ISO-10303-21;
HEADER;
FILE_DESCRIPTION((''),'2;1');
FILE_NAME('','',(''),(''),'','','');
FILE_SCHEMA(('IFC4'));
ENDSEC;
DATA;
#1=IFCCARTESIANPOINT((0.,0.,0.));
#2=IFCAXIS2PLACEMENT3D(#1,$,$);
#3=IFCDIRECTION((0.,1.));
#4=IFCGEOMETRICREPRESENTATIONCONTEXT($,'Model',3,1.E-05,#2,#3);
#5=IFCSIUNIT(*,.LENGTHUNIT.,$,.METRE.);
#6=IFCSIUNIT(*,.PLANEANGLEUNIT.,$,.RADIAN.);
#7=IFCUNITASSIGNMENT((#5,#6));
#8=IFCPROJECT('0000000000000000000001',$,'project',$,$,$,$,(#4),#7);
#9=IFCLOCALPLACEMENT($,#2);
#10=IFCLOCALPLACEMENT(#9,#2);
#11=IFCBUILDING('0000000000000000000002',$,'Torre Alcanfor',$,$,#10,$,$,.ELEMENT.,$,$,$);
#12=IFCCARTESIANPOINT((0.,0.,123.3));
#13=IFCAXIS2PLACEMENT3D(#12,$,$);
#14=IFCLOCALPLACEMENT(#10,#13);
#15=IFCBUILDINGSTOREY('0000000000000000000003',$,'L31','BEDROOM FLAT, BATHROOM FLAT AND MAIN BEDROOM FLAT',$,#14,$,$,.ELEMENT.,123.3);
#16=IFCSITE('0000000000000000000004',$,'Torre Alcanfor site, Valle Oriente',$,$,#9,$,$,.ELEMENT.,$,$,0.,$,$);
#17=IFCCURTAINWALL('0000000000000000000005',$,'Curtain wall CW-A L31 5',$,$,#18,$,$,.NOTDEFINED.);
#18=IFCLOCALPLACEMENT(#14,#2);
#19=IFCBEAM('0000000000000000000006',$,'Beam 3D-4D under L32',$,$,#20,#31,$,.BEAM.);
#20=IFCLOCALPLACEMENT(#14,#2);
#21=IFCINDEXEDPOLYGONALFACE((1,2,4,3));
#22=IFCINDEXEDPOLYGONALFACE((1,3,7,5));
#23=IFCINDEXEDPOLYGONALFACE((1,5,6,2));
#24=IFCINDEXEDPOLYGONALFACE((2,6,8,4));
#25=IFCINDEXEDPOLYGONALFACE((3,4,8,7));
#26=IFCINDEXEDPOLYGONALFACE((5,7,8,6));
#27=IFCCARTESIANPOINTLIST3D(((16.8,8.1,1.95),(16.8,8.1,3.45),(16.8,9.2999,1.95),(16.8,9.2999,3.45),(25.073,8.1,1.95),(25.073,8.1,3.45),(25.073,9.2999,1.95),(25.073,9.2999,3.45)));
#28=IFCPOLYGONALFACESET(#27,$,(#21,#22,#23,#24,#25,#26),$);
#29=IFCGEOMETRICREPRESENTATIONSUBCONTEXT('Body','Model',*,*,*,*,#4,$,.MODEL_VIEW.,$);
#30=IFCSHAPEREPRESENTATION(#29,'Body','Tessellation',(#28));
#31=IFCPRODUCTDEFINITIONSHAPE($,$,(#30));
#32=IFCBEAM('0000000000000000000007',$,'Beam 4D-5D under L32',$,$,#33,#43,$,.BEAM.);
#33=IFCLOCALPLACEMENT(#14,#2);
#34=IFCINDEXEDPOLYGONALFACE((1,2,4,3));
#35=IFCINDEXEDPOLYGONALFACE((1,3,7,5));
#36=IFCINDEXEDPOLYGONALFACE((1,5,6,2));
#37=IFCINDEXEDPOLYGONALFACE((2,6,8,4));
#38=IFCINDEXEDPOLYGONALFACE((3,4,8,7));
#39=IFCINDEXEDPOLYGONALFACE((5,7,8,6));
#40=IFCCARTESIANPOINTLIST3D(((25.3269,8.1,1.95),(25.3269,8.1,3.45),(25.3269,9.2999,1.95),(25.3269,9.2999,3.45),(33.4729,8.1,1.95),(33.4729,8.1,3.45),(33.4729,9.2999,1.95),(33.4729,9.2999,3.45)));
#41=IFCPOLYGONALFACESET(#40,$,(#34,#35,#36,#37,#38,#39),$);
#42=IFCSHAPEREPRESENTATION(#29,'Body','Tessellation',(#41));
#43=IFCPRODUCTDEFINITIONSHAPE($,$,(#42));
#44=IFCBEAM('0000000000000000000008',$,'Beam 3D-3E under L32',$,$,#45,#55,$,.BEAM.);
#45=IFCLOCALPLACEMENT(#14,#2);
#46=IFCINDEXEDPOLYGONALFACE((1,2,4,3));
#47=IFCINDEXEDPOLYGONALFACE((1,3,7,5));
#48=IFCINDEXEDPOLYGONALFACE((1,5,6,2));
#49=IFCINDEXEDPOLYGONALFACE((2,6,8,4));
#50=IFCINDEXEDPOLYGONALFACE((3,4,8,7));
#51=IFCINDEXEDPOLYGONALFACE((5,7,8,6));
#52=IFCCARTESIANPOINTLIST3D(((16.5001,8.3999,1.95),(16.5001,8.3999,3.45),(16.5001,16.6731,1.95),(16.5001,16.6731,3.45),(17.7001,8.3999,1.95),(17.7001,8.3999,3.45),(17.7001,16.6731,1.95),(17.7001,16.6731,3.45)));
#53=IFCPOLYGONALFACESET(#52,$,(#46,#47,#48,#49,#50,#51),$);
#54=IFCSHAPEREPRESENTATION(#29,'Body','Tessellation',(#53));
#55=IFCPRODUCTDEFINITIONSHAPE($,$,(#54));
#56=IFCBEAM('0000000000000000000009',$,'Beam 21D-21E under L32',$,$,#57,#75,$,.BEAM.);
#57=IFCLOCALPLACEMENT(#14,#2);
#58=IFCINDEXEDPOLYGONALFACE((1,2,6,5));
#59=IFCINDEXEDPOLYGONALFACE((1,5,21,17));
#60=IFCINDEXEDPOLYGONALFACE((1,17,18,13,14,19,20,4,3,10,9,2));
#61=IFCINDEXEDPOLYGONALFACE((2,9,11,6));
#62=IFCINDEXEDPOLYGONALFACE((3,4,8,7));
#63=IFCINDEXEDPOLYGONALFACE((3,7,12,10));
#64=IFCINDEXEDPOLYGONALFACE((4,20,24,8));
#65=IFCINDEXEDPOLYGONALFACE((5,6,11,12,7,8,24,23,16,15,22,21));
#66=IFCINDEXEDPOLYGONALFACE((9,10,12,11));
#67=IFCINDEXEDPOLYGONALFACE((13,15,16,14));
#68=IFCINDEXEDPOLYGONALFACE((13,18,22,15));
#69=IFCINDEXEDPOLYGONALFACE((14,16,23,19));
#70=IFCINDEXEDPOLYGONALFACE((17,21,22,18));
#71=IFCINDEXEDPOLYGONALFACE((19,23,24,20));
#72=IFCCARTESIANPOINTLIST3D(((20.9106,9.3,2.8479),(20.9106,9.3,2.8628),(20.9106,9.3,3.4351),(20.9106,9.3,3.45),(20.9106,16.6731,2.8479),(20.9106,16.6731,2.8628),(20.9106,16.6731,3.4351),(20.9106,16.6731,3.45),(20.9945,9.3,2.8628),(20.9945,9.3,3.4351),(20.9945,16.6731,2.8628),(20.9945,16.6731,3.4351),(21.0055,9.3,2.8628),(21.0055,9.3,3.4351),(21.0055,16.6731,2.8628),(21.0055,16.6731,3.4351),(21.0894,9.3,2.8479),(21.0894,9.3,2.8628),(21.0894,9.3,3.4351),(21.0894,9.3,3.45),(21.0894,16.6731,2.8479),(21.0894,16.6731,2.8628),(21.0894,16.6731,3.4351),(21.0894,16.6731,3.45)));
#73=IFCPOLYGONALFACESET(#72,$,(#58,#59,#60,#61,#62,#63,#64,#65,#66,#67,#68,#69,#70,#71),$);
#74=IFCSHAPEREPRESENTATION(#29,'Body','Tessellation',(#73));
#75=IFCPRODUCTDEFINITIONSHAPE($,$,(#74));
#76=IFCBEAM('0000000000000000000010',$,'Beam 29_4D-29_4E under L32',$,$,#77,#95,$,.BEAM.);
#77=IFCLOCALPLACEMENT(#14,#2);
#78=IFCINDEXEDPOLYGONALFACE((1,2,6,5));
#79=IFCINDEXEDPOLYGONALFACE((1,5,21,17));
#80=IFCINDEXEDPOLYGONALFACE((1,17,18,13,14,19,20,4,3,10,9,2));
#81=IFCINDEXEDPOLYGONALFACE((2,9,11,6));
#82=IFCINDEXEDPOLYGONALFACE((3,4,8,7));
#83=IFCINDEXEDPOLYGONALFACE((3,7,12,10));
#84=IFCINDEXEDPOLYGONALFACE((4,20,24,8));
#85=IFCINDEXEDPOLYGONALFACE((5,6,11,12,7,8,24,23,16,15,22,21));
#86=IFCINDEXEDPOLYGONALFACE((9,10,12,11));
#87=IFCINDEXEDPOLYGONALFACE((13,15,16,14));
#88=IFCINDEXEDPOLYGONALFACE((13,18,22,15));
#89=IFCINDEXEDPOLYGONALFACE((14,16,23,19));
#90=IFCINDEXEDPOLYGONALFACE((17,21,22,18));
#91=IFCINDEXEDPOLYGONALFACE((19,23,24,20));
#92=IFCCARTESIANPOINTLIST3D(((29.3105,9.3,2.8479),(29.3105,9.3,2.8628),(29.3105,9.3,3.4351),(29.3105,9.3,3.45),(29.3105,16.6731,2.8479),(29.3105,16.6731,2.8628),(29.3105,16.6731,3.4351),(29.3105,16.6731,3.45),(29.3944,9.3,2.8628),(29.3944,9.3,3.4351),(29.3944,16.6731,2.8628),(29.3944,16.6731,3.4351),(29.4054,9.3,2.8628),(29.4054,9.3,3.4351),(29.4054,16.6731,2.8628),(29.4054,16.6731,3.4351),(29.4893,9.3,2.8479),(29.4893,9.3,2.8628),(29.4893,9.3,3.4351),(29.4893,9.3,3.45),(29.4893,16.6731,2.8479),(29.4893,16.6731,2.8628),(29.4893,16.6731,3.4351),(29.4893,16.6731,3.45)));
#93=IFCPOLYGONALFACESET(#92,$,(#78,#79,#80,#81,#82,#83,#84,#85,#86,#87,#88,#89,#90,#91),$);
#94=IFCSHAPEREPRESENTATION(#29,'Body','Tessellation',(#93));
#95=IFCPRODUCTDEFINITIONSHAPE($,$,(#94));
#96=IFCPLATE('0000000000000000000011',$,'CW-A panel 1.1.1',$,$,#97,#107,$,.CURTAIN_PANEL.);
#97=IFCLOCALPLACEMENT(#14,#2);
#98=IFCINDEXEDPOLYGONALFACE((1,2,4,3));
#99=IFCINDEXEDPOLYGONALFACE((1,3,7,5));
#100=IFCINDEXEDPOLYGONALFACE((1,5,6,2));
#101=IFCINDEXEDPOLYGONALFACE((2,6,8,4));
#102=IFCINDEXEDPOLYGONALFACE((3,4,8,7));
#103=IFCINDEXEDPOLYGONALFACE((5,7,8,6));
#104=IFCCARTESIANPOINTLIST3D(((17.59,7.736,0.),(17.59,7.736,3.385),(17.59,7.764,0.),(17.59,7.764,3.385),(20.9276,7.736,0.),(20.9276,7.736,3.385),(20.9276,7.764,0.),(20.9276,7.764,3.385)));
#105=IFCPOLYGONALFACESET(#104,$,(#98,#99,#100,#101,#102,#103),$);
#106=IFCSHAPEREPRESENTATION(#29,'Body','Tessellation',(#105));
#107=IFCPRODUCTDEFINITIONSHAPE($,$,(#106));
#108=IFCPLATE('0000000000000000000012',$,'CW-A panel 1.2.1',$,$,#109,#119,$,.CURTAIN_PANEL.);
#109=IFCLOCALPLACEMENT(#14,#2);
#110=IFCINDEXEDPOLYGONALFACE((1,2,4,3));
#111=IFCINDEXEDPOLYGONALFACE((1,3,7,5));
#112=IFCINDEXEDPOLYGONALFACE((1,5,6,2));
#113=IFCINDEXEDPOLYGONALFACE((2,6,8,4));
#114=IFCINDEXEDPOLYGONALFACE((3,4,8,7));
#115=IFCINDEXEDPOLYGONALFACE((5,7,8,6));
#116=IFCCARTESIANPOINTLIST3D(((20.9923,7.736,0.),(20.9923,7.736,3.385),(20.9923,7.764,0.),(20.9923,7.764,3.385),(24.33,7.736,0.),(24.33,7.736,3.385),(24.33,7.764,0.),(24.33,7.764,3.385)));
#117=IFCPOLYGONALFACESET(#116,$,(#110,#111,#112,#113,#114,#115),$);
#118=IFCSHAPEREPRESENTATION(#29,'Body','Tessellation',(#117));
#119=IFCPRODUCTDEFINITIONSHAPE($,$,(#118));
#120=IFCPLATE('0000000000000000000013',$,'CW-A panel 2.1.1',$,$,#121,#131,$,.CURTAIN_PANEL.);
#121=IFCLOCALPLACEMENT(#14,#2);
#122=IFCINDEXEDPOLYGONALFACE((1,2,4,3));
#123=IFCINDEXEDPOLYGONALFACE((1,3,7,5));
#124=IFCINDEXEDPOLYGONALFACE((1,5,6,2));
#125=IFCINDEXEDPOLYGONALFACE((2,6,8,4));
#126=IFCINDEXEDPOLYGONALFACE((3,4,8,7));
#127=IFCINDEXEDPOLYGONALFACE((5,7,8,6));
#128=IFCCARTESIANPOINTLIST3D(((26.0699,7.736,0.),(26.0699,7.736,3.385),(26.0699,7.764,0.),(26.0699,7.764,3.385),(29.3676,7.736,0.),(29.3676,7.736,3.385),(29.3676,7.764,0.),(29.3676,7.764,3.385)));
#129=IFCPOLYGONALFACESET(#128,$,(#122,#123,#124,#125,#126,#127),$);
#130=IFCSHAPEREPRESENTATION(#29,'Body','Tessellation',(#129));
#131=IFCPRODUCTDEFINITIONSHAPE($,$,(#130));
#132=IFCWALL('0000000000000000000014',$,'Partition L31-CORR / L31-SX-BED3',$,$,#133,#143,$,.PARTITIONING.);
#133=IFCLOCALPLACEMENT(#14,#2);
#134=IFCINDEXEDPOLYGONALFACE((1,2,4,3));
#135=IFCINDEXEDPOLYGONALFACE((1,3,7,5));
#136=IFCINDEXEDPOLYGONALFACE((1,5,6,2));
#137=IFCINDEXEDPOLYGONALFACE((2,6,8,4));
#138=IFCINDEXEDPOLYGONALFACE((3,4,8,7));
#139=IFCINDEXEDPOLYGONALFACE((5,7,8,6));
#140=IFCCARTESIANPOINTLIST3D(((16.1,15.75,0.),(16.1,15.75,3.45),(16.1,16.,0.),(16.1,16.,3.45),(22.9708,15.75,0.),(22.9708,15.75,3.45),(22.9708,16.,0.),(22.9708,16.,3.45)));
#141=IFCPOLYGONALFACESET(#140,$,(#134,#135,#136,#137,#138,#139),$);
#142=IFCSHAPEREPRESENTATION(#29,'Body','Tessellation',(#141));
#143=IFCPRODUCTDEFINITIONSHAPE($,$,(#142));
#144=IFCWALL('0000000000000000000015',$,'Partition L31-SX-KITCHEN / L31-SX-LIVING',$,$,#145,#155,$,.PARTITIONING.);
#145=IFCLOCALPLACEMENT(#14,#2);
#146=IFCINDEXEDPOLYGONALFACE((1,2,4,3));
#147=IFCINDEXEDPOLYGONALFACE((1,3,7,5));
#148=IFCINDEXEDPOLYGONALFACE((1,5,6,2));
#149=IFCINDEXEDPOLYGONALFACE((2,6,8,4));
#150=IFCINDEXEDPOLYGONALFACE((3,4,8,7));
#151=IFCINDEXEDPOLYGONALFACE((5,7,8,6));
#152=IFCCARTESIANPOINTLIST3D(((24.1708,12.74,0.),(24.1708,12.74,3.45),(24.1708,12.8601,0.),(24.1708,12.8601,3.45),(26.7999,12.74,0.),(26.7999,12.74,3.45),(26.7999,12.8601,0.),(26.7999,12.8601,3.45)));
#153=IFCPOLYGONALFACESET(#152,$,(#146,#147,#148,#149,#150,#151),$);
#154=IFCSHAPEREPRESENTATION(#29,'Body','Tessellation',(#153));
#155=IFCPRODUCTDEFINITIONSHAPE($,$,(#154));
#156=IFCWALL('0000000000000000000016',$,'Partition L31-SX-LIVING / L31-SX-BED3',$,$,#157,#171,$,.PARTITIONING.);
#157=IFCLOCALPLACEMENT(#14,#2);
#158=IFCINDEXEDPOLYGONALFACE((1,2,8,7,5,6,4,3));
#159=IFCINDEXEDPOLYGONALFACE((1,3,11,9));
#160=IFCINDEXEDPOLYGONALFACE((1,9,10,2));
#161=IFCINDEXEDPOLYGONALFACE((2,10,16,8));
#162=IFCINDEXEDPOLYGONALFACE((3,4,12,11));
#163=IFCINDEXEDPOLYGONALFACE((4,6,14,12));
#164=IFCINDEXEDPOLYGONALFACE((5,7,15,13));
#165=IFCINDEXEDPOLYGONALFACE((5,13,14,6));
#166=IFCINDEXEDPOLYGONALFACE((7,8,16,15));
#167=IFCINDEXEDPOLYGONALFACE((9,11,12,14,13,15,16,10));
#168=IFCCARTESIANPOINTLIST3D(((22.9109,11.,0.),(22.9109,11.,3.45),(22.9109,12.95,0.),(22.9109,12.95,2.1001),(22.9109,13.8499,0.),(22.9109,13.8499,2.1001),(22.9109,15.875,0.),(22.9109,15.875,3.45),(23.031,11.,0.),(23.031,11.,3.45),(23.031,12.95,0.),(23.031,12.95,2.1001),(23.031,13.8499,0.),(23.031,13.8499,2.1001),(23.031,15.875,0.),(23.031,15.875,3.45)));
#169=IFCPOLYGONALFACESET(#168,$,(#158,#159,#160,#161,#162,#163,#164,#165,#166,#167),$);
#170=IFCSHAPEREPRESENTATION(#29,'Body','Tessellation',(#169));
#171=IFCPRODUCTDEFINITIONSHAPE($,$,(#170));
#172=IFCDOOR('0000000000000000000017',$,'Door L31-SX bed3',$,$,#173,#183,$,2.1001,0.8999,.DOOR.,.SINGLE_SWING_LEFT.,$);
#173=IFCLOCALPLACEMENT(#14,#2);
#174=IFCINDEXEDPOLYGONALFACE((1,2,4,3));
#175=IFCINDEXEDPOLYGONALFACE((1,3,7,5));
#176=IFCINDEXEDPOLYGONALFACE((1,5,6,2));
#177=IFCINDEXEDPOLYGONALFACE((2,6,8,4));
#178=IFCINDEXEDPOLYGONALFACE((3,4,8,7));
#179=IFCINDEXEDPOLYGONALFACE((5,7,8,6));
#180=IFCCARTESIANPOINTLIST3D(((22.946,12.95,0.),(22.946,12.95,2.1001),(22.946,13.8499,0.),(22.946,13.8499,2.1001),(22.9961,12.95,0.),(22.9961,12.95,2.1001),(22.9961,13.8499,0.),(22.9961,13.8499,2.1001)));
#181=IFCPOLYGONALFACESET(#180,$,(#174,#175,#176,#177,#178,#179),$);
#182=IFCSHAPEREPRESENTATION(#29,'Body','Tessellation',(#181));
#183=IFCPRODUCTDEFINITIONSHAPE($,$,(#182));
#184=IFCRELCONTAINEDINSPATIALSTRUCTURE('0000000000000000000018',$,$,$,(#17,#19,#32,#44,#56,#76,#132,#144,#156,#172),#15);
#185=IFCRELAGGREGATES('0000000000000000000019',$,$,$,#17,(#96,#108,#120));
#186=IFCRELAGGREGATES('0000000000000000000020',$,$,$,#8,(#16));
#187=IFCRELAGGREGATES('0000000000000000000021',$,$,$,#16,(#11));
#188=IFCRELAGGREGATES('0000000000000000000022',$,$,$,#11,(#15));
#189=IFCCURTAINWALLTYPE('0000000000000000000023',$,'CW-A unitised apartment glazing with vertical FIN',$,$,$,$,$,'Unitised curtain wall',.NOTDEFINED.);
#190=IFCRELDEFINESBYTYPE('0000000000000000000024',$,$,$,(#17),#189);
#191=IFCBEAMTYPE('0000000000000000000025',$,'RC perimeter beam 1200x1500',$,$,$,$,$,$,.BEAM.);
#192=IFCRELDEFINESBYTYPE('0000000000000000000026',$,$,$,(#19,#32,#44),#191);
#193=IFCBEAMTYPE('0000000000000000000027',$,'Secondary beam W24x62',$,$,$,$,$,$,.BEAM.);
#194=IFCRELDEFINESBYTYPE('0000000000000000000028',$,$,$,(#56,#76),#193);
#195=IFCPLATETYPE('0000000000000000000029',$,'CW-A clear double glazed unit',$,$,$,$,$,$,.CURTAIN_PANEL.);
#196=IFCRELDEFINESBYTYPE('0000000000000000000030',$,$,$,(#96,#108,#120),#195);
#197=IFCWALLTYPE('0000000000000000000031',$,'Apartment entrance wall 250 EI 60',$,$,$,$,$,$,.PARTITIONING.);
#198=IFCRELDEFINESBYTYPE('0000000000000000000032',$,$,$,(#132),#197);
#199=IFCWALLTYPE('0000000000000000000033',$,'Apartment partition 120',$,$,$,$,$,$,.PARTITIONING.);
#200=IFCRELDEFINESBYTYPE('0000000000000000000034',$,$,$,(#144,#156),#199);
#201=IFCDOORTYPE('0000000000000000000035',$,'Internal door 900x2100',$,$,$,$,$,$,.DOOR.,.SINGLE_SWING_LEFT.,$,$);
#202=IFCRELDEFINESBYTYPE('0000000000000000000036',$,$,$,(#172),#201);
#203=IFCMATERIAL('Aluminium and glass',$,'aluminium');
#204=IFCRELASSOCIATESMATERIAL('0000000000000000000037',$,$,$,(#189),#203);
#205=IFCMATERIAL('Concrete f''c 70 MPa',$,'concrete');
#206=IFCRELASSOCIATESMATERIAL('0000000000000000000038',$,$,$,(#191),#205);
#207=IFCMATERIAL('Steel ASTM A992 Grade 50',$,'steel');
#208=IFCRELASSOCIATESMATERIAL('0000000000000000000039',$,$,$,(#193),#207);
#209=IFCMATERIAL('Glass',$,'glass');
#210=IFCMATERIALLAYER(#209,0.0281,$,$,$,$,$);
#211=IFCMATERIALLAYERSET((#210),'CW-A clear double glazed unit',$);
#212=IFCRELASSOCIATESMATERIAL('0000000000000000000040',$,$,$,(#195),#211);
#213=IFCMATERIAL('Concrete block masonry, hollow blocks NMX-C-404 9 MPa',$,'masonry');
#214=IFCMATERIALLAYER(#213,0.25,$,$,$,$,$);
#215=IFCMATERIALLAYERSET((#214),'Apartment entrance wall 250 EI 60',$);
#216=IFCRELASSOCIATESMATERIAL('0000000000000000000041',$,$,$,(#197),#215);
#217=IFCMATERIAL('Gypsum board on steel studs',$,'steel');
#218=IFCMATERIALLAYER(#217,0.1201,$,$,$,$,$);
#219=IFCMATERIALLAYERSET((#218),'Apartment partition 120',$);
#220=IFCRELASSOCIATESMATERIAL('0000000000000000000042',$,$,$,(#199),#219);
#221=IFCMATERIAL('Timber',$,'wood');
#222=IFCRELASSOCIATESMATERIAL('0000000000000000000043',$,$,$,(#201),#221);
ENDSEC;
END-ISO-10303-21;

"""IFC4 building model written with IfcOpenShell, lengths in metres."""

from ifc_helpers import new_model, si_unit, direction, frame, frame_2d, origin, origin_2d, place, context, subcontext, project, spatial, rectangle, i_section, extrude, material, layer, layer_set, material_profile, profile_set, type_object, element, fill, aggregate, save


model = new_model("IFC4")

# Units and contexts
model_context = context("Model", 3, precision=1e-05, world=origin(), true_north=direction((0.0, 1.0)))
body_context = subcontext(model_context, "Body", "Model", "MODEL_VIEW")
ifc_project = project(units=[si_unit("LENGTHUNIT", "METRE"), si_unit("PLANEANGLEUNIT", "RADIAN")], contexts=[model_context])

# Site, building, storey
site_placement = place(None, origin())
site = spatial("IfcSite", under=ifc_project, at=site_placement, Name="Torre Alcanfor site, Valle Oriente", CompositionType="ELEMENT", RefElevation=0.0)
building_placement = place(site_placement, origin())
building = spatial("IfcBuilding", under=site, at=building_placement, Name="Torre Alcanfor", CompositionType="ELEMENT")
storey_placement = place(building_placement, frame((0.0, 0.0, 123.3)))
storey = spatial("IfcBuildingStorey", under=building, at=storey_placement, Name="L31", Description="BEDROOM FLAT, BATHROOM FLAT AND MAIN BEDROOM FLAT", CompositionType="ELEMENT", Elevation=123.3)

# Curtain wall
ifc_material_1 = material(Name="Aluminium and glass", Category="aluminium")
curtain_wall_type = type_object("IfcCurtainWallType", Name="CW-A unitised apartment glazing with vertical FIN", ElementType="Unitised curtain wall", PredefinedType="NOTDEFINED", material=ifc_material_1)
curtain_wall_placement = place(storey_placement, origin())
curtain_wall = element("IfcCurtainWall", 1, at=curtain_wall_placement, inside=storey, type_object=curtain_wall_type, Name="Curtain wall CW-A L31 5", PredefinedType="NOTDEFINED")

# Beams
ifc_material_2 = material(Name="Concrete f'c 70 MPa", Category="concrete")
ifc_material_profile_1 = material_profile(ifc_material_2, rectangle(XDim=1.2, YDim=1.5, at=origin_2d()), Name="1200x1500")
ifc_profile_set_1 = profile_set([ifc_material_profile_1], Name="Concrete f'c 70 MPa")
beam_type_1 = type_object("IfcBeamType", Name="RC perimeter beam 1200x1500", PredefinedType="BEAM", material=ifc_profile_set_1)
beam_1_placement = place(storey_placement, frame((16.8, 8.7, 2.7), z_axis=(1.0, 0.0, 0.0), x_axis=(0.0, 1.0, 0.0)))
element("IfcBeam", 2, at=beam_1_placement, inside=storey, type_object=beam_type_1, Name="Beam 3D-4D under L32", PredefinedType="BEAM", context=body_context, shape_type="SweptSolid", body=[
    extrude(rectangle(XDim=1.2, YDim=1.5, at=origin_2d()), origin(), (0.0, 0.0, 1.0), 8.2729),
])
beam_2_placement = place(storey_placement, frame((25.3269, 8.7, 2.7), z_axis=(1.0, 0.0, 0.0), x_axis=(0.0, 1.0, 0.0)))
element("IfcBeam", 3, at=beam_2_placement, inside=storey, type_object=beam_type_1, Name="Beam 4D-5D under L32", PredefinedType="BEAM", context=body_context, shape_type="SweptSolid", body=[
    extrude(rectangle(XDim=1.2, YDim=1.5, at=origin_2d()), origin(), (0.0, 0.0, 1.0), 8.146),
])
beam_3_placement = place(storey_placement, frame((17.1001, 8.3999, 2.7), z_axis=(0.0, 1.0, 0.0), x_axis=(-1.0, 0.0, 0.0)))
element("IfcBeam", 4, at=beam_3_placement, inside=storey, type_object=beam_type_1, Name="Beam 3D-3E under L32", PredefinedType="BEAM", context=body_context, shape_type="SweptSolid", body=[
    extrude(rectangle(XDim=1.2, YDim=1.5, at=origin_2d()), origin(), (0.0, 0.0, 1.0), 8.2732),
])
ifc_material_3 = material(Name="Steel ASTM A992 Grade 50", Category="steel")
ifc_material_profile_2 = material_profile(ifc_material_3, i_section(OverallWidth=0.1787, OverallDepth=0.6021, WebThickness=0.011, FlangeThickness=0.0149, at=origin_2d()), Name="W24x62")
ifc_profile_set_2 = profile_set([ifc_material_profile_2], Name="Steel ASTM A992 Grade 50")
beam_type_2 = type_object("IfcBeamType", Name="Secondary beam W24x62", PredefinedType="BEAM", material=ifc_profile_set_2)
for number, where, z_axis, x_axis, name in (
    (5, (21.0, 9.3, 3.1489), (0.0, 1.0, 0.0), (-1.0, 0.0, 0.0), "Beam 21D-21E under L32"),
    (6, (29.3999, 9.3, 3.1489), (0.0, 1.0, 0.0), (-1.0, 0.0, 0.0), "Beam 29_4D-29_4E under L32"),
):
    element("IfcBeam", number, at=place(storey_placement, frame(where, z_axis=z_axis, x_axis=x_axis)), inside=storey, type_object=beam_type_2, Name=name, PredefinedType="BEAM", context=body_context, shape_type="SweptSolid", body=[
        extrude(i_section(OverallWidth=0.1787, OverallDepth=0.6021, WebThickness=0.011, FlangeThickness=0.0149, at=origin_2d()), origin(), (0.0, 0.0, 1.0), 7.373),
    ])

# Plates
ifc_material_4 = material(Name="Glass", Category="glass")
ifc_layer_1 = layer(ifc_material_4, 0.0281)
ifc_layer_set_1 = layer_set([ifc_layer_1], Name="CW-A clear double glazed unit")
plate_type = type_object("IfcPlateType", Name="CW-A clear double glazed unit", PredefinedType="CURTAIN_PANEL", material=ifc_layer_set_1)
plate_1_placement = place(storey_placement, frame((19.2588, 7.75, 0.0), z_axis=(0.0, 0.0, 1.0), x_axis=(1.0, 0.0, 0.0)))
plate_1 = element("IfcPlate", 7, at=plate_1_placement, type_object=plate_type, Name="CW-A panel 1.1.1", PredefinedType="CURTAIN_PANEL", context=body_context, shape_type="SweptSolid", body=[
    extrude(rectangle(XDim=3.3376, YDim=0.0281, at=origin_2d()), origin(), (0.0, 0.0, 1.0), 3.385),
])
plate_2_placement = place(storey_placement, frame((22.6611, 7.75, 0.0), z_axis=(0.0, 0.0, 1.0), x_axis=(1.0, 0.0, 0.0)))
plate_2 = element("IfcPlate", 8, at=plate_2_placement, type_object=plate_type, Name="CW-A panel 1.2.1", PredefinedType="CURTAIN_PANEL", context=body_context, shape_type="SweptSolid", body=[
    extrude(rectangle(XDim=3.3376, YDim=0.0281, at=origin_2d()), origin(), (0.0, 0.0, 1.0), 3.385),
])
plate_3_placement = place(storey_placement, frame((27.7188, 7.75, 0.0), z_axis=(0.0, 0.0, 1.0), x_axis=(1.0, 0.0, 0.0)))
plate_3 = element("IfcPlate", 9, at=plate_3_placement, type_object=plate_type, Name="CW-A panel 2.1.1", PredefinedType="CURTAIN_PANEL", context=body_context, shape_type="SweptSolid", body=[
    extrude(rectangle(XDim=3.2976, YDim=0.0281, at=origin_2d()), origin(), (0.0, 0.0, 1.0), 3.385),
])
aggregate(curtain_wall, [plate_1, plate_2, plate_3])

# Walls
ifc_material_5 = material(Name="Concrete block masonry, hollow blocks NMX-C-404 9 MPa", Category="masonry")
ifc_layer_2 = layer(ifc_material_5, 0.25)
ifc_layer_set_2 = layer_set([ifc_layer_2], Name="Apartment entrance wall 250 EI 60")
wall_type_1 = type_object("IfcWallType", Name="Apartment entrance wall 250 EI 60", PredefinedType="PARTITIONING", material=ifc_layer_set_2)
wall_1_placement = place(storey_placement, frame((22.9709, 15.875, 0.0), z_axis=(0.0, 0.0, 1.0), x_axis=(-1.0, 0.0, 0.0)))
element("IfcWall", 10, at=wall_1_placement, inside=storey, type_object=wall_type_1, Name="Partition L31-CORR / L31-SX-BED3", PredefinedType="PARTITIONING", context=body_context, shape_type="SweptSolid", body=[
    extrude(rectangle(XDim=6.8708, YDim=0.25, at=frame_2d((3.4355, 0.0))), origin(), (0.0, 0.0, 1.0), 3.45),
])
ifc_material_6 = material(Name="Gypsum board on steel studs", Category="steel")
ifc_layer_3 = layer(ifc_material_6, 0.1201)
ifc_layer_set_3 = layer_set([ifc_layer_3], Name="Apartment partition 120")
wall_type_2 = type_object("IfcWallType", Name="Apartment partition 120", PredefinedType="PARTITIONING", material=ifc_layer_set_3)
wall_2_placement = place(storey_placement, frame((24.1709, 12.8, 0.0), z_axis=(0.0, 0.0, 1.0), x_axis=(1.0, 0.0, 0.0)))
element("IfcWall", 11, at=wall_2_placement, inside=storey, type_object=wall_type_2, Name="Partition L31-SX-KITCHEN / L31-SX-LIVING", PredefinedType="PARTITIONING", context=body_context, shape_type="SweptSolid", body=[
    extrude(rectangle(XDim=2.6292, YDim=0.1201, at=frame_2d((1.3145, 0.0))), origin(), (0.0, 0.0, 1.0), 3.45),
])

# Wall, opening, door
wall_3_placement = place(storey_placement, frame((22.9709, 11.0, 0.0), z_axis=(0.0, 0.0, 1.0), x_axis=(0.0, 1.0, 0.0)))
wall_3 = element("IfcWall", 12, at=wall_3_placement, inside=storey, type_object=wall_type_2, Name="Partition L31-SX-LIVING / L31-SX-BED3", PredefinedType="PARTITIONING", context=body_context, shape_type="SweptSolid", body=[
    extrude(rectangle(XDim=4.875, YDim=0.1201, at=frame_2d((2.4375, 0.0))), origin(), (0.0, 0.0, 1.0), 3.45),
])
opening_1_placement = place(wall_3_placement, frame((1.95, 0.0, 0.0)))
opening_1 = element("IfcOpeningElement", 13, at=opening_1_placement, cuts=wall_3, PredefinedType="OPENING", context=body_context, shape_type="SweptSolid", body=[
    extrude(rectangle(XDim=0.8999, YDim=2.1001, at=frame_2d((0.45, 1.05))), frame((0.0, 0.0701, 0.0), z_axis=(0.0, -1.0, 0.0), x_axis=(1.0, 0.0, 0.0)), (0.0, 0.0, 1.0), 0.1401),
])
ifc_material_7 = material(Name="Timber", Category="wood")
door_type_1 = type_object("IfcDoorType", Name="Internal door 900x2100", OperationType="SINGLE_SWING_LEFT", PredefinedType="DOOR", material=ifc_material_7)
door_1_placement = place(opening_1_placement, origin())
door_1 = element("IfcDoor", 14, at=door_1_placement, inside=storey, type_object=door_type_1, Name="Door L31-SX bed3", OperationType="SINGLE_SWING_LEFT", OverallHeight=2.1001, OverallWidth=0.8999, PredefinedType="DOOR", context=body_context, shape_type="SweptSolid", body=[
    extrude(rectangle(XDim=0.8999, YDim=2.1001, at=frame_2d((0.45, 1.05))), frame((0.0, 0.0249, 0.0), z_axis=(0.0, -1.0, 0.0), x_axis=(1.0, 0.0, 0.0)), (0.0, 0.0, 1.0), 0.05),
])
fill(opening_1, door_1)

save(model, "model.ifc")
